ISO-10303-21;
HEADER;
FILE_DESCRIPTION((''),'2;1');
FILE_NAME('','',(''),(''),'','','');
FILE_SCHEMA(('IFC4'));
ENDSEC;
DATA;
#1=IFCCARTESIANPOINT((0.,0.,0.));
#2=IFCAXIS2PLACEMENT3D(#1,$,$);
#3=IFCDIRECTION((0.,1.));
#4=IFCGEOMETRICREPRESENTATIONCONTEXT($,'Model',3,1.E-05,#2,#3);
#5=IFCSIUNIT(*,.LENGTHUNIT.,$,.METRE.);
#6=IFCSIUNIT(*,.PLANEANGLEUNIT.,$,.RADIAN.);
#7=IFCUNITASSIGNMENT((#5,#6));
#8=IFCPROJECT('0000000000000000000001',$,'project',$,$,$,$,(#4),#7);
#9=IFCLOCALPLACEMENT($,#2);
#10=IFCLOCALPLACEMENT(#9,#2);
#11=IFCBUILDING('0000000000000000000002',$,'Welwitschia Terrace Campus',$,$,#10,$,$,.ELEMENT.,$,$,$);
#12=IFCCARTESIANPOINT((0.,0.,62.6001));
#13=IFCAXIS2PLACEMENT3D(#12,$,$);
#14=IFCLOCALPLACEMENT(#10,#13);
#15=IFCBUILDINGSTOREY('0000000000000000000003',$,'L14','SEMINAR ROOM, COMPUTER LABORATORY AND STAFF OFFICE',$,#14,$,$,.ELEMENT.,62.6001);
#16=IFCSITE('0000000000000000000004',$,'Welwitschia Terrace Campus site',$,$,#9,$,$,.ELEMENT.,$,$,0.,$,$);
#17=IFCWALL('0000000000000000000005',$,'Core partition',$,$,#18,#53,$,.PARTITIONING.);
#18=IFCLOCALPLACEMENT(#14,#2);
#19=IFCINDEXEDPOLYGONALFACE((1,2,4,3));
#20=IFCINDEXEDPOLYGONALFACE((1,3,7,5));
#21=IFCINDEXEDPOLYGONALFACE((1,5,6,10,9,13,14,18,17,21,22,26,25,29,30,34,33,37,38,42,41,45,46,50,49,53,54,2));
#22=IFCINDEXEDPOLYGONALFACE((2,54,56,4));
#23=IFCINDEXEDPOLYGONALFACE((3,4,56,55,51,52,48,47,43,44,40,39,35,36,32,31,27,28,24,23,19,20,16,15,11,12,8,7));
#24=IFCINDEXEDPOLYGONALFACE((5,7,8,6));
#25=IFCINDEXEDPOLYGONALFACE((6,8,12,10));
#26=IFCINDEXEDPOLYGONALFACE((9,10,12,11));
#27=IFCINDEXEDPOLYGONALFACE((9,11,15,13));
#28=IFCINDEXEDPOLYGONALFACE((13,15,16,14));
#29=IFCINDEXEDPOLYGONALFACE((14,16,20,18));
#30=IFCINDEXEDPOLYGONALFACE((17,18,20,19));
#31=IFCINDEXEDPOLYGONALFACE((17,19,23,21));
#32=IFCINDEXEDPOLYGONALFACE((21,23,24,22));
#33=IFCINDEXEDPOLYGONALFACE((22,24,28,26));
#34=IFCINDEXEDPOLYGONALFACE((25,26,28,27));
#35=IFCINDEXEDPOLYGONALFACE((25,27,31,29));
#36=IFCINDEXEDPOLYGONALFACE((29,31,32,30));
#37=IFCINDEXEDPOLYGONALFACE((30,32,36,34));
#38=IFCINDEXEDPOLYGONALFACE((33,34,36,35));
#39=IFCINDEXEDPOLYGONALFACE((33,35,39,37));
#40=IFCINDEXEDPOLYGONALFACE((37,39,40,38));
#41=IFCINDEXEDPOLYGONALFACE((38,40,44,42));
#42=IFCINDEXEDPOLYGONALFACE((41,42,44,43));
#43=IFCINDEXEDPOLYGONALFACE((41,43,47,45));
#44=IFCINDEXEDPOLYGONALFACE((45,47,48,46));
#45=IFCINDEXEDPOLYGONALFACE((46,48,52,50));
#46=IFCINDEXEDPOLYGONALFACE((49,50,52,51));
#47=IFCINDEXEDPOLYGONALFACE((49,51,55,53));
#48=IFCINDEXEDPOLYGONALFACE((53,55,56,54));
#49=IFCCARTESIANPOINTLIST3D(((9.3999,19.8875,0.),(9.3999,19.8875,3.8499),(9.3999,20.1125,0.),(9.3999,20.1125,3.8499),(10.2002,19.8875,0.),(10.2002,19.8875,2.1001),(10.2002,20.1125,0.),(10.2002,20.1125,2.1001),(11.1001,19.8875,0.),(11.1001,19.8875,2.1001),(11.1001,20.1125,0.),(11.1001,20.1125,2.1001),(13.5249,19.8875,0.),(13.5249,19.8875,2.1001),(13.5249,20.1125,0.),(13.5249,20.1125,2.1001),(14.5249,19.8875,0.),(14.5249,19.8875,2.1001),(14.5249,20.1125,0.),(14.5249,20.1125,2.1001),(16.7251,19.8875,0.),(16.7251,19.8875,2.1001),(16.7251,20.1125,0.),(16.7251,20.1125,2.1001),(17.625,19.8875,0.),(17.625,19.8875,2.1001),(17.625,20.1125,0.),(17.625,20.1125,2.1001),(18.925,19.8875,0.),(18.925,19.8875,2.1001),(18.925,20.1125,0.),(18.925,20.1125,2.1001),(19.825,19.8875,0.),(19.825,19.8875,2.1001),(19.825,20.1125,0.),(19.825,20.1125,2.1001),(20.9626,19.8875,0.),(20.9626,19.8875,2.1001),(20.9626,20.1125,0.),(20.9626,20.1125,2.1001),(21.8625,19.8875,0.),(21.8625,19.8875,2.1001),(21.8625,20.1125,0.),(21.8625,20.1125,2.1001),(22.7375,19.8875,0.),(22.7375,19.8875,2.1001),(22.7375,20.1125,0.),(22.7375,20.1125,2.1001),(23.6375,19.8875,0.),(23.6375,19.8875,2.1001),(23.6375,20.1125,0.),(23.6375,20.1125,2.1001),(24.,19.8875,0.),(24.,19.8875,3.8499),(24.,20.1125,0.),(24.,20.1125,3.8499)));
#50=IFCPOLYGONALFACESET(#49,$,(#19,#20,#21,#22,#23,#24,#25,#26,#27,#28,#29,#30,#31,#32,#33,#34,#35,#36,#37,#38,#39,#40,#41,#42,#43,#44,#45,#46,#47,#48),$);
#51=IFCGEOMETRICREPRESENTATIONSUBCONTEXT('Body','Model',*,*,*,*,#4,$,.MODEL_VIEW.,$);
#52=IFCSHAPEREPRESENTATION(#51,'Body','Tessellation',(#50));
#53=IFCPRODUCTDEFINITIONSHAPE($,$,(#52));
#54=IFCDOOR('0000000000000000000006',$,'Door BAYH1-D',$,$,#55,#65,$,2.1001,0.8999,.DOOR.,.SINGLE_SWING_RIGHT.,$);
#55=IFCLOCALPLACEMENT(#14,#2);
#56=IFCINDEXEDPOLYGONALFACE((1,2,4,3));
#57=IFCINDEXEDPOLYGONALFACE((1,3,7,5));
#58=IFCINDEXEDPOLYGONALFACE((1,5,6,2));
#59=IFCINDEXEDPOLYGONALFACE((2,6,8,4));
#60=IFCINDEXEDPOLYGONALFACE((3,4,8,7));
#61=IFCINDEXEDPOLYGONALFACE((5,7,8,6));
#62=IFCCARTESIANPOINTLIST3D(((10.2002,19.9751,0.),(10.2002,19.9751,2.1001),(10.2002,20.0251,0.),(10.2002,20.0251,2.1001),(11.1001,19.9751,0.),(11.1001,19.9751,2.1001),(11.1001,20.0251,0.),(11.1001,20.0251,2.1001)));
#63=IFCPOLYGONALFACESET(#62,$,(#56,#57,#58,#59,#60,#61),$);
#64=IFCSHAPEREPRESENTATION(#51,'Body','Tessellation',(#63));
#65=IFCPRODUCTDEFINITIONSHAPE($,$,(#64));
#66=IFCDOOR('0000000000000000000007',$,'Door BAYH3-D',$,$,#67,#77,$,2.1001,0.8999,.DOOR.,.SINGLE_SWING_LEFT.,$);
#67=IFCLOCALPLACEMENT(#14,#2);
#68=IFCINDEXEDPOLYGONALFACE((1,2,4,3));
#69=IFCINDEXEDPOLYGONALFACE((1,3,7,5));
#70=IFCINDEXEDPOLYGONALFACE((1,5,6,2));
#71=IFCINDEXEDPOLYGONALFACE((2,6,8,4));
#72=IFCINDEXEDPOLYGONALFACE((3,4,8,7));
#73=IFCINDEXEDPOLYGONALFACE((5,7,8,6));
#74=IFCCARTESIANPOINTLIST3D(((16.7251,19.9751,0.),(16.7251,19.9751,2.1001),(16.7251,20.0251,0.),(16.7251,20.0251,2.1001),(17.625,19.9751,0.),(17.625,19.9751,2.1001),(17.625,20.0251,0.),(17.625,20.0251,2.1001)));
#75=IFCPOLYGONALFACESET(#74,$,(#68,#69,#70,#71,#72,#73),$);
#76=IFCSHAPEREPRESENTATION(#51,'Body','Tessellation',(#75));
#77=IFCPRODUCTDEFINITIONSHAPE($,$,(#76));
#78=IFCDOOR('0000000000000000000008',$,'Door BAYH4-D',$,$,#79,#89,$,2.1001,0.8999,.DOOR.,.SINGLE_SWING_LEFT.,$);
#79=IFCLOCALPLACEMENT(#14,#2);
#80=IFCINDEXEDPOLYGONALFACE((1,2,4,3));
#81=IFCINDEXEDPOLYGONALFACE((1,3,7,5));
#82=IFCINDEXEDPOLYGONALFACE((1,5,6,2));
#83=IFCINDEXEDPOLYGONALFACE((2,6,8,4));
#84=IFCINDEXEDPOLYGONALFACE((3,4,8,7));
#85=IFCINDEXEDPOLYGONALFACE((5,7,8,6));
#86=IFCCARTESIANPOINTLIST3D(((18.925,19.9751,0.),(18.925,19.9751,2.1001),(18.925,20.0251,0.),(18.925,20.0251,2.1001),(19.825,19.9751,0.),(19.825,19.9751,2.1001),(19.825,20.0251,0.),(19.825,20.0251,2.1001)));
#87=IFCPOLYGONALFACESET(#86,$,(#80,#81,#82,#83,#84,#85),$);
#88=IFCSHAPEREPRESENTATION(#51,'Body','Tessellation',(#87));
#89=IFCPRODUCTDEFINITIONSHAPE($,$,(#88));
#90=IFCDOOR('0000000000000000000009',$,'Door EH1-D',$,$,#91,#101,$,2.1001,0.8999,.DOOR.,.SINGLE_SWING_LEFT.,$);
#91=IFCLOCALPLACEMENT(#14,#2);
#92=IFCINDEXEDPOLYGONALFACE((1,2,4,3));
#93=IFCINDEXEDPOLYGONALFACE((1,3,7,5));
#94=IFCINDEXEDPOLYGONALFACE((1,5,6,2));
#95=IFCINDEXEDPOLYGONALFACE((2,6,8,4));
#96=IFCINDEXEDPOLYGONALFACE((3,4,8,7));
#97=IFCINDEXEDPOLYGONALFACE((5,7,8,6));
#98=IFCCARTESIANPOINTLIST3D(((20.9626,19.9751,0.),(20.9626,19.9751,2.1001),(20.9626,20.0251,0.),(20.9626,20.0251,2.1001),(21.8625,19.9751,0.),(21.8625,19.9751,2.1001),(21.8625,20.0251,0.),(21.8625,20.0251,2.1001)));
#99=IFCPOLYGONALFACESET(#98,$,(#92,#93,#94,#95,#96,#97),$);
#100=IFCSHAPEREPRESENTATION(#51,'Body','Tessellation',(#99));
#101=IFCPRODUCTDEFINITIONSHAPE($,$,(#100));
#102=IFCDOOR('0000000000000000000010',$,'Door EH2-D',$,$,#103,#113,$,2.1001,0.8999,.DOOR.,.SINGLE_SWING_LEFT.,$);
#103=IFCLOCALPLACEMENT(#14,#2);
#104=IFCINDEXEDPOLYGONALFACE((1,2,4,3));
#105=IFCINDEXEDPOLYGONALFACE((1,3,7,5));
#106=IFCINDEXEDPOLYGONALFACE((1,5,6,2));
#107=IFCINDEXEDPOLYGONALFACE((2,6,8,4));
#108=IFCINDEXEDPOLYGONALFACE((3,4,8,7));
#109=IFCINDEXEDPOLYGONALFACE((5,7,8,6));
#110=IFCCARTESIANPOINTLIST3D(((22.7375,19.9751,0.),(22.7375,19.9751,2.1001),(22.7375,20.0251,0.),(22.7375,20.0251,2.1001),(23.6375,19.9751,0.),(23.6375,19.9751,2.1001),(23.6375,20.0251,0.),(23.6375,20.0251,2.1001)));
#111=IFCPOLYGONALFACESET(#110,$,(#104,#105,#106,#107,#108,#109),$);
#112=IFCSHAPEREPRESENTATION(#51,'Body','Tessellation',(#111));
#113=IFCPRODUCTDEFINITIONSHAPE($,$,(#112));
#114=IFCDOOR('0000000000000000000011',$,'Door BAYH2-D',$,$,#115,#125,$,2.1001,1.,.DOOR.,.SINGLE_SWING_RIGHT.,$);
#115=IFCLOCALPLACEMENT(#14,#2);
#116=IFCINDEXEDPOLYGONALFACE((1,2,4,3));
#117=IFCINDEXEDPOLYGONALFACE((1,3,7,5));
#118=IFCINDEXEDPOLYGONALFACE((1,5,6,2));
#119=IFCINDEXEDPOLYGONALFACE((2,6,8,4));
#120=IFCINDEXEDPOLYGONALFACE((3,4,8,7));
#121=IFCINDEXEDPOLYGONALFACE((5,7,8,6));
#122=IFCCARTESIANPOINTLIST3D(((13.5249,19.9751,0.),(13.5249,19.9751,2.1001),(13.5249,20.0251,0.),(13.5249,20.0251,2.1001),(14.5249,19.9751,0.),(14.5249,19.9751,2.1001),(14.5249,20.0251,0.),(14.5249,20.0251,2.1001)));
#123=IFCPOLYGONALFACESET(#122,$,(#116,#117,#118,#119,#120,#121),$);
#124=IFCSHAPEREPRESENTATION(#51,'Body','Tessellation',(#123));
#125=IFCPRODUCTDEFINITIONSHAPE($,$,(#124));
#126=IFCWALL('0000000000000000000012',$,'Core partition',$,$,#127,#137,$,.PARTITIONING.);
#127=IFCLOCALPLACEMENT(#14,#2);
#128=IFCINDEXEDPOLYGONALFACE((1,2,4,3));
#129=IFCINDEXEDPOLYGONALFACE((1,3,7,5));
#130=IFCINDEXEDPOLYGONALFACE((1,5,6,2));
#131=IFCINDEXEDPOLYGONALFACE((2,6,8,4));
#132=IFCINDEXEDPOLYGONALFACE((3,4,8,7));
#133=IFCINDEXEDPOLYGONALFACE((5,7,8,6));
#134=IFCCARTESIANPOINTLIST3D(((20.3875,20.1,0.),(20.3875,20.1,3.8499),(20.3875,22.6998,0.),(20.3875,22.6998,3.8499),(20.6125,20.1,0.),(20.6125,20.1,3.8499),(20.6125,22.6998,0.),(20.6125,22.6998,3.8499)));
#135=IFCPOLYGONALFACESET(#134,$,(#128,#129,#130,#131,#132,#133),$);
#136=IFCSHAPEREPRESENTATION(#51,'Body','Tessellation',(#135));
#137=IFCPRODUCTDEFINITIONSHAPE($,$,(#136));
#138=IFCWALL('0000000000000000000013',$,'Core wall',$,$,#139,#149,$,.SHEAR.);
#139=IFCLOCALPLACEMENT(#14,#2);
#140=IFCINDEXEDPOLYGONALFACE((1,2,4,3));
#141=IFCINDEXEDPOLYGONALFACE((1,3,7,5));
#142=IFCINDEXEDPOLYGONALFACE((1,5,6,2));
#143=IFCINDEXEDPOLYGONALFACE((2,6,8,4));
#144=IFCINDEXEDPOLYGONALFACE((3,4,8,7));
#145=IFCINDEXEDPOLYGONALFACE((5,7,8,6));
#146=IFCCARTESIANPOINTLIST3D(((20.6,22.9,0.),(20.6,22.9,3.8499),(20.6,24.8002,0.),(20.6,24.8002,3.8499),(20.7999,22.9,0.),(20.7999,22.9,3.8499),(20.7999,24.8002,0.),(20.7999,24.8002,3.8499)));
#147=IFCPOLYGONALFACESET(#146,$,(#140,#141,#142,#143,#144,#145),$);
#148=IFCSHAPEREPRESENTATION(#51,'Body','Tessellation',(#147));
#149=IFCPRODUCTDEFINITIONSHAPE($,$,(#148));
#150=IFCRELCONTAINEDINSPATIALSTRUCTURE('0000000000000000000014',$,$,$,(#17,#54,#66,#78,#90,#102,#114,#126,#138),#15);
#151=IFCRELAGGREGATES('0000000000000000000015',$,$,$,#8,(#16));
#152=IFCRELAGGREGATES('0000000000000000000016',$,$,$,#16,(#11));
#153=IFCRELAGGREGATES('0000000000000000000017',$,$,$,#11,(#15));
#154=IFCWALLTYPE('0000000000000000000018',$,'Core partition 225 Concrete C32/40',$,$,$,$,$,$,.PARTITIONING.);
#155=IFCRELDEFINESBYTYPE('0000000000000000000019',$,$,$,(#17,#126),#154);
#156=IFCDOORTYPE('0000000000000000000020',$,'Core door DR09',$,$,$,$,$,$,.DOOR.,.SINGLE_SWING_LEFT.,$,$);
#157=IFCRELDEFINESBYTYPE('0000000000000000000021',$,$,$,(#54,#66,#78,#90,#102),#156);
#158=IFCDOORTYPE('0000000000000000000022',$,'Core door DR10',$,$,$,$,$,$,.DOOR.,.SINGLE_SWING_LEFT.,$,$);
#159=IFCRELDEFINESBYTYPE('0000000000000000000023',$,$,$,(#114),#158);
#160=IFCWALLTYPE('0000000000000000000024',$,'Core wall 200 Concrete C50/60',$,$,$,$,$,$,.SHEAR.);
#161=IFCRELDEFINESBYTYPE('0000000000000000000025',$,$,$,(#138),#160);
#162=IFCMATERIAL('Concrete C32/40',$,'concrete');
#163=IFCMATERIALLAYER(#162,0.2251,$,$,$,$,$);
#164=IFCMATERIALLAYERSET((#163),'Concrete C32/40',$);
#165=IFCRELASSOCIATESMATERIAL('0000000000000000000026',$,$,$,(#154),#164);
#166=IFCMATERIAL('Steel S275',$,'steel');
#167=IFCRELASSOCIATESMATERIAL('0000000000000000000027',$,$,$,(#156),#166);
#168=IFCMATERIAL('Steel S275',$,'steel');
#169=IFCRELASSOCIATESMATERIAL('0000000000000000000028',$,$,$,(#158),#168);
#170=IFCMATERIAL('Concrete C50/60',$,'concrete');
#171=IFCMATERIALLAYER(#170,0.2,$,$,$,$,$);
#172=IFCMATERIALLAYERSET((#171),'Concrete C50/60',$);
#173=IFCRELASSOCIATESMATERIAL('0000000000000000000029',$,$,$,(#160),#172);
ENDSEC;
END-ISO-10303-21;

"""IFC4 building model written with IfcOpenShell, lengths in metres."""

from ifc_helpers import new_model, si_unit, direction, frame, frame_2d, origin, place, context, subcontext, project, spatial, rectangle, extrude, material, layer, layer_set, type_object, element, fill, save


model = new_model("IFC4")

# Units and contexts
model_context = context("Model", 3, precision=1e-05, world=origin(), true_north=direction((0.0, 1.0)))
body_context = subcontext(model_context, "Body", "Model", "MODEL_VIEW")
ifc_project = project(units=[si_unit("LENGTHUNIT", "METRE"), si_unit("PLANEANGLEUNIT", "RADIAN")], contexts=[model_context])

# Site, building, storey
site_placement = place(None, origin())
site = spatial("IfcSite", under=ifc_project, at=site_placement, Name="Welwitschia Terrace Campus site", CompositionType="ELEMENT", RefElevation=0.0)
building_placement = place(site_placement, origin())
building = spatial("IfcBuilding", under=site, at=building_placement, Name="Welwitschia Terrace Campus", CompositionType="ELEMENT")
storey_placement = place(building_placement, frame((0.0, 0.0, 62.6001)))
storey = spatial("IfcBuildingStorey", under=building, at=storey_placement, Name="L14", Description="SEMINAR ROOM, COMPUTER LABORATORY AND STAFF OFFICE", CompositionType="ELEMENT", Elevation=62.6001)

# Wall, openings, doors
ifc_material_1 = material(Name="Concrete C32/40", Category="concrete")
ifc_layer_1 = layer(ifc_material_1, 0.2251)
ifc_layer_set_1 = layer_set([ifc_layer_1], Name="Concrete C32/40")
wall_type_1 = type_object("IfcWallType", Name="Core partition 225 Concrete C32/40", PredefinedType="PARTITIONING", material=ifc_layer_set_1)
wall_1_placement = place(storey_placement, frame((24.0, 20.0, 0.0), z_axis=(0.0, 0.0, 1.0), x_axis=(-1.0, 0.0, 0.0)))
wall_1 = element("IfcWall", 1, at=wall_1_placement, inside=storey, type_object=wall_type_1, Name="Core partition", PredefinedType="PARTITIONING", context=body_context, shape_type="SweptSolid", body=[
    extrude(rectangle(XDim=14.6001, YDim=0.2251, at=frame_2d((7.3, 0.0))), origin(), (0.0, 0.0, 1.0), 3.8499),
])
opening_1_placement = place(wall_1_placement, frame((12.8999, 0.0, 0.0)))
opening_1 = element("IfcOpeningElement", 2, at=opening_1_placement, cuts=wall_1, PredefinedType="OPENING", context=body_context, shape_type="SweptSolid", body=[
    extrude(rectangle(XDim=0.8999, YDim=2.1001, at=frame_2d((0.45, 1.05))), frame((0.0, 0.1226, 0.0), z_axis=(0.0, -1.0, 0.0), x_axis=(1.0, 0.0, 0.0)), (0.0, 0.0, 1.0), 0.2451),
])
opening_2_placement = place(wall_1_placement, frame((9.4751, 0.0, 0.0)))
opening_2 = element("IfcOpeningElement", 3, at=opening_2_placement, cuts=wall_1, PredefinedType="OPENING", context=body_context, shape_type="SweptSolid", body=[
    extrude(rectangle(XDim=1.0, YDim=2.1001, at=frame_2d((0.5, 1.05))), frame((0.0, 0.1226, 0.0), z_axis=(0.0, -1.0, 0.0), x_axis=(1.0, 0.0, 0.0)), (0.0, 0.0, 1.0), 0.2451),
])
opening_3_placement = place(wall_1_placement, frame((6.375, 0.0, 0.0)))
opening_3 = element("IfcOpeningElement", 4, at=opening_3_placement, cuts=wall_1, PredefinedType="OPENING", context=body_context, shape_type="SweptSolid", body=[
    extrude(rectangle(XDim=0.8999, YDim=2.1001, at=frame_2d((0.45, 1.05))), frame((0.0, 0.1226, 0.0), z_axis=(0.0, -1.0, 0.0), x_axis=(1.0, 0.0, 0.0)), (0.0, 0.0, 1.0), 0.2451),
])
opening_4_placement = place(wall_1_placement, frame((4.175, 0.0, 0.0)))
opening_4 = element("IfcOpeningElement", 5, at=opening_4_placement, cuts=wall_1, PredefinedType="OPENING", context=body_context, shape_type="SweptSolid", body=[
    extrude(rectangle(XDim=0.8999, YDim=2.1001, at=frame_2d((0.45, 1.05))), frame((0.0, 0.1226, 0.0), z_axis=(0.0, -1.0, 0.0), x_axis=(1.0, 0.0, 0.0)), (0.0, 0.0, 1.0), 0.2451),
])
opening_5_placement = place(wall_1_placement, frame((2.1375, 0.0, 0.0)))
opening_5 = element("IfcOpeningElement", 6, at=opening_5_placement, cuts=wall_1, PredefinedType="OPENING", context=body_context, shape_type="SweptSolid", body=[
    extrude(rectangle(XDim=0.8999, YDim=2.1001, at=frame_2d((0.45, 1.05))), frame((0.0, 0.1226, 0.0), z_axis=(0.0, -1.0, 0.0), x_axis=(1.0, 0.0, 0.0)), (0.0, 0.0, 1.0), 0.2451),
])
opening_6_placement = place(wall_1_placement, frame((0.3625, 0.0, 0.0)))
opening_6 = element("IfcOpeningElement", 7, at=opening_6_placement, cuts=wall_1, PredefinedType="OPENING", context=body_context, shape_type="SweptSolid", body=[
    extrude(rectangle(XDim=0.8999, YDim=2.1001, at=frame_2d((0.45, 1.05))), frame((0.0, 0.1226, 0.0), z_axis=(0.0, -1.0, 0.0), x_axis=(1.0, 0.0, 0.0)), (0.0, 0.0, 1.0), 0.2451),
])
ifc_material_2 = material(Name="Steel S275", Category="steel")
door_type_1 = type_object("IfcDoorType", Name="Core door DR09", OperationType="SINGLE_SWING_LEFT", PredefinedType="DOOR", material=ifc_material_2)
door_1_placement = place(opening_1_placement, origin())
door_1 = element("IfcDoor", 8, at=door_1_placement, inside=storey, type_object=door_type_1, Name="Door BAYH1-D", OperationType="SINGLE_SWING_RIGHT", OverallHeight=2.1001, OverallWidth=0.8999, PredefinedType="DOOR", context=body_context, shape_type="SweptSolid", body=[
    extrude(rectangle(XDim=0.8999, YDim=2.1001, at=frame_2d((0.45, 1.05))), frame((0.0, 0.0249, 0.0), z_axis=(0.0, -1.0, 0.0), x_axis=(1.0, 0.0, 0.0)), (0.0, 0.0, 1.0), 0.05),
])
fill(opening_1, door_1)
door_2_placement = place(opening_3_placement, origin())
door_2 = element("IfcDoor", 9, at=door_2_placement, inside=storey, type_object=door_type_1, Name="Door BAYH3-D", OperationType="SINGLE_SWING_LEFT", OverallHeight=2.1001, OverallWidth=0.8999, PredefinedType="DOOR", context=body_context, shape_type="SweptSolid", body=[
    extrude(rectangle(XDim=0.8999, YDim=2.1001, at=frame_2d((0.45, 1.05))), frame((0.0, 0.0249, 0.0), z_axis=(0.0, -1.0, 0.0), x_axis=(1.0, 0.0, 0.0)), (0.0, 0.0, 1.0), 0.05),
])
fill(opening_3, door_2)
door_3_placement = place(opening_4_placement, origin())
door_3 = element("IfcDoor", 10, at=door_3_placement, inside=storey, type_object=door_type_1, Name="Door BAYH4-D", OperationType="SINGLE_SWING_LEFT", OverallHeight=2.1001, OverallWidth=0.8999, PredefinedType="DOOR", context=body_context, shape_type="SweptSolid", body=[
    extrude(rectangle(XDim=0.8999, YDim=2.1001, at=frame_2d((0.45, 1.05))), frame((0.0, 0.0249, 0.0), z_axis=(0.0, -1.0, 0.0), x_axis=(1.0, 0.0, 0.0)), (0.0, 0.0, 1.0), 0.05),
])
fill(opening_4, door_3)
door_4_placement = place(opening_5_placement, origin())
door_4 = element("IfcDoor", 11, at=door_4_placement, inside=storey, type_object=door_type_1, Name="Door EH1-D", OperationType="SINGLE_SWING_LEFT", OverallHeight=2.1001, OverallWidth=0.8999, PredefinedType="DOOR", context=body_context, shape_type="SweptSolid", body=[
    extrude(rectangle(XDim=0.8999, YDim=2.1001, at=frame_2d((0.45, 1.05))), frame((0.0, 0.0249, 0.0), z_axis=(0.0, -1.0, 0.0), x_axis=(1.0, 0.0, 0.0)), (0.0, 0.0, 1.0), 0.05),
])
fill(opening_5, door_4)
door_5_placement = place(opening_6_placement, origin())
door_5 = element("IfcDoor", 12, at=door_5_placement, inside=storey, type_object=door_type_1, Name="Door EH2-D", OperationType="SINGLE_SWING_LEFT", OverallHeight=2.1001, OverallWidth=0.8999, PredefinedType="DOOR", context=body_context, shape_type="SweptSolid", body=[
    extrude(rectangle(XDim=0.8999, YDim=2.1001, at=frame_2d((0.45, 1.05))), frame((0.0, 0.0249, 0.0), z_axis=(0.0, -1.0, 0.0), x_axis=(1.0, 0.0, 0.0)), (0.0, 0.0, 1.0), 0.05),
])
fill(opening_6, door_5)
ifc_material_3 = material(Name="Steel S275", Category="steel")
door_type_2 = type_object("IfcDoorType", Name="Core door DR10", OperationType="SINGLE_SWING_LEFT", PredefinedType="DOOR", material=ifc_material_3)
door_6_placement = place(opening_2_placement, origin())
door_6 = element("IfcDoor", 13, at=door_6_placement, inside=storey, type_object=door_type_2, Name="Door BAYH2-D", OperationType="SINGLE_SWING_RIGHT", OverallHeight=2.1001, OverallWidth=1.0, PredefinedType="DOOR", context=body_context, shape_type="SweptSolid", body=[
    extrude(rectangle(XDim=1.0, YDim=2.1001, at=frame_2d((0.5, 1.05))), frame((0.0, 0.0249, 0.0), z_axis=(0.0, -1.0, 0.0), x_axis=(1.0, 0.0, 0.0)), (0.0, 0.0, 1.0), 0.05),
])
fill(opening_2, door_6)

# Walls
wall_2_placement = place(storey_placement, frame((20.5, 20.1001, 0.0), z_axis=(0.0, 0.0, 1.0), x_axis=(0.0, 1.0, 0.0)))
element("IfcWall", 14, at=wall_2_placement, inside=storey, type_object=wall_type_1, Name="Core partition", PredefinedType="PARTITIONING", context=body_context, shape_type="SweptSolid", body=[
    extrude(rectangle(XDim=2.5999, YDim=0.2251, at=frame_2d((1.2998, 0.0))), origin(), (0.0, 0.0, 1.0), 3.8499),
])
ifc_material_4 = material(Name="Concrete C50/60", Category="concrete")
ifc_layer_2 = layer(ifc_material_4, 0.2)
ifc_layer_set_2 = layer_set([ifc_layer_2], Name="Concrete C50/60")
wall_type_2 = type_object("IfcWallType", Name="Core wall 200 Concrete C50/60", PredefinedType="SHEAR", material=ifc_layer_set_2)
wall_3_placement = place(storey_placement, frame((20.7, 22.8999, 0.0), z_axis=(0.0, 0.0, 1.0), x_axis=(0.0, 1.0, 0.0)))
element("IfcWall", 15, at=wall_3_placement, inside=storey, type_object=wall_type_2, Name="Core wall", PredefinedType="SHEAR", context=body_context, shape_type="SweptSolid", body=[
    extrude(rectangle(XDim=1.9001, YDim=0.2, at=frame_2d((0.9502, 0.0))), origin(), (0.0, 0.0, 1.0), 3.8499),
])

save(model, "model.ifc")
